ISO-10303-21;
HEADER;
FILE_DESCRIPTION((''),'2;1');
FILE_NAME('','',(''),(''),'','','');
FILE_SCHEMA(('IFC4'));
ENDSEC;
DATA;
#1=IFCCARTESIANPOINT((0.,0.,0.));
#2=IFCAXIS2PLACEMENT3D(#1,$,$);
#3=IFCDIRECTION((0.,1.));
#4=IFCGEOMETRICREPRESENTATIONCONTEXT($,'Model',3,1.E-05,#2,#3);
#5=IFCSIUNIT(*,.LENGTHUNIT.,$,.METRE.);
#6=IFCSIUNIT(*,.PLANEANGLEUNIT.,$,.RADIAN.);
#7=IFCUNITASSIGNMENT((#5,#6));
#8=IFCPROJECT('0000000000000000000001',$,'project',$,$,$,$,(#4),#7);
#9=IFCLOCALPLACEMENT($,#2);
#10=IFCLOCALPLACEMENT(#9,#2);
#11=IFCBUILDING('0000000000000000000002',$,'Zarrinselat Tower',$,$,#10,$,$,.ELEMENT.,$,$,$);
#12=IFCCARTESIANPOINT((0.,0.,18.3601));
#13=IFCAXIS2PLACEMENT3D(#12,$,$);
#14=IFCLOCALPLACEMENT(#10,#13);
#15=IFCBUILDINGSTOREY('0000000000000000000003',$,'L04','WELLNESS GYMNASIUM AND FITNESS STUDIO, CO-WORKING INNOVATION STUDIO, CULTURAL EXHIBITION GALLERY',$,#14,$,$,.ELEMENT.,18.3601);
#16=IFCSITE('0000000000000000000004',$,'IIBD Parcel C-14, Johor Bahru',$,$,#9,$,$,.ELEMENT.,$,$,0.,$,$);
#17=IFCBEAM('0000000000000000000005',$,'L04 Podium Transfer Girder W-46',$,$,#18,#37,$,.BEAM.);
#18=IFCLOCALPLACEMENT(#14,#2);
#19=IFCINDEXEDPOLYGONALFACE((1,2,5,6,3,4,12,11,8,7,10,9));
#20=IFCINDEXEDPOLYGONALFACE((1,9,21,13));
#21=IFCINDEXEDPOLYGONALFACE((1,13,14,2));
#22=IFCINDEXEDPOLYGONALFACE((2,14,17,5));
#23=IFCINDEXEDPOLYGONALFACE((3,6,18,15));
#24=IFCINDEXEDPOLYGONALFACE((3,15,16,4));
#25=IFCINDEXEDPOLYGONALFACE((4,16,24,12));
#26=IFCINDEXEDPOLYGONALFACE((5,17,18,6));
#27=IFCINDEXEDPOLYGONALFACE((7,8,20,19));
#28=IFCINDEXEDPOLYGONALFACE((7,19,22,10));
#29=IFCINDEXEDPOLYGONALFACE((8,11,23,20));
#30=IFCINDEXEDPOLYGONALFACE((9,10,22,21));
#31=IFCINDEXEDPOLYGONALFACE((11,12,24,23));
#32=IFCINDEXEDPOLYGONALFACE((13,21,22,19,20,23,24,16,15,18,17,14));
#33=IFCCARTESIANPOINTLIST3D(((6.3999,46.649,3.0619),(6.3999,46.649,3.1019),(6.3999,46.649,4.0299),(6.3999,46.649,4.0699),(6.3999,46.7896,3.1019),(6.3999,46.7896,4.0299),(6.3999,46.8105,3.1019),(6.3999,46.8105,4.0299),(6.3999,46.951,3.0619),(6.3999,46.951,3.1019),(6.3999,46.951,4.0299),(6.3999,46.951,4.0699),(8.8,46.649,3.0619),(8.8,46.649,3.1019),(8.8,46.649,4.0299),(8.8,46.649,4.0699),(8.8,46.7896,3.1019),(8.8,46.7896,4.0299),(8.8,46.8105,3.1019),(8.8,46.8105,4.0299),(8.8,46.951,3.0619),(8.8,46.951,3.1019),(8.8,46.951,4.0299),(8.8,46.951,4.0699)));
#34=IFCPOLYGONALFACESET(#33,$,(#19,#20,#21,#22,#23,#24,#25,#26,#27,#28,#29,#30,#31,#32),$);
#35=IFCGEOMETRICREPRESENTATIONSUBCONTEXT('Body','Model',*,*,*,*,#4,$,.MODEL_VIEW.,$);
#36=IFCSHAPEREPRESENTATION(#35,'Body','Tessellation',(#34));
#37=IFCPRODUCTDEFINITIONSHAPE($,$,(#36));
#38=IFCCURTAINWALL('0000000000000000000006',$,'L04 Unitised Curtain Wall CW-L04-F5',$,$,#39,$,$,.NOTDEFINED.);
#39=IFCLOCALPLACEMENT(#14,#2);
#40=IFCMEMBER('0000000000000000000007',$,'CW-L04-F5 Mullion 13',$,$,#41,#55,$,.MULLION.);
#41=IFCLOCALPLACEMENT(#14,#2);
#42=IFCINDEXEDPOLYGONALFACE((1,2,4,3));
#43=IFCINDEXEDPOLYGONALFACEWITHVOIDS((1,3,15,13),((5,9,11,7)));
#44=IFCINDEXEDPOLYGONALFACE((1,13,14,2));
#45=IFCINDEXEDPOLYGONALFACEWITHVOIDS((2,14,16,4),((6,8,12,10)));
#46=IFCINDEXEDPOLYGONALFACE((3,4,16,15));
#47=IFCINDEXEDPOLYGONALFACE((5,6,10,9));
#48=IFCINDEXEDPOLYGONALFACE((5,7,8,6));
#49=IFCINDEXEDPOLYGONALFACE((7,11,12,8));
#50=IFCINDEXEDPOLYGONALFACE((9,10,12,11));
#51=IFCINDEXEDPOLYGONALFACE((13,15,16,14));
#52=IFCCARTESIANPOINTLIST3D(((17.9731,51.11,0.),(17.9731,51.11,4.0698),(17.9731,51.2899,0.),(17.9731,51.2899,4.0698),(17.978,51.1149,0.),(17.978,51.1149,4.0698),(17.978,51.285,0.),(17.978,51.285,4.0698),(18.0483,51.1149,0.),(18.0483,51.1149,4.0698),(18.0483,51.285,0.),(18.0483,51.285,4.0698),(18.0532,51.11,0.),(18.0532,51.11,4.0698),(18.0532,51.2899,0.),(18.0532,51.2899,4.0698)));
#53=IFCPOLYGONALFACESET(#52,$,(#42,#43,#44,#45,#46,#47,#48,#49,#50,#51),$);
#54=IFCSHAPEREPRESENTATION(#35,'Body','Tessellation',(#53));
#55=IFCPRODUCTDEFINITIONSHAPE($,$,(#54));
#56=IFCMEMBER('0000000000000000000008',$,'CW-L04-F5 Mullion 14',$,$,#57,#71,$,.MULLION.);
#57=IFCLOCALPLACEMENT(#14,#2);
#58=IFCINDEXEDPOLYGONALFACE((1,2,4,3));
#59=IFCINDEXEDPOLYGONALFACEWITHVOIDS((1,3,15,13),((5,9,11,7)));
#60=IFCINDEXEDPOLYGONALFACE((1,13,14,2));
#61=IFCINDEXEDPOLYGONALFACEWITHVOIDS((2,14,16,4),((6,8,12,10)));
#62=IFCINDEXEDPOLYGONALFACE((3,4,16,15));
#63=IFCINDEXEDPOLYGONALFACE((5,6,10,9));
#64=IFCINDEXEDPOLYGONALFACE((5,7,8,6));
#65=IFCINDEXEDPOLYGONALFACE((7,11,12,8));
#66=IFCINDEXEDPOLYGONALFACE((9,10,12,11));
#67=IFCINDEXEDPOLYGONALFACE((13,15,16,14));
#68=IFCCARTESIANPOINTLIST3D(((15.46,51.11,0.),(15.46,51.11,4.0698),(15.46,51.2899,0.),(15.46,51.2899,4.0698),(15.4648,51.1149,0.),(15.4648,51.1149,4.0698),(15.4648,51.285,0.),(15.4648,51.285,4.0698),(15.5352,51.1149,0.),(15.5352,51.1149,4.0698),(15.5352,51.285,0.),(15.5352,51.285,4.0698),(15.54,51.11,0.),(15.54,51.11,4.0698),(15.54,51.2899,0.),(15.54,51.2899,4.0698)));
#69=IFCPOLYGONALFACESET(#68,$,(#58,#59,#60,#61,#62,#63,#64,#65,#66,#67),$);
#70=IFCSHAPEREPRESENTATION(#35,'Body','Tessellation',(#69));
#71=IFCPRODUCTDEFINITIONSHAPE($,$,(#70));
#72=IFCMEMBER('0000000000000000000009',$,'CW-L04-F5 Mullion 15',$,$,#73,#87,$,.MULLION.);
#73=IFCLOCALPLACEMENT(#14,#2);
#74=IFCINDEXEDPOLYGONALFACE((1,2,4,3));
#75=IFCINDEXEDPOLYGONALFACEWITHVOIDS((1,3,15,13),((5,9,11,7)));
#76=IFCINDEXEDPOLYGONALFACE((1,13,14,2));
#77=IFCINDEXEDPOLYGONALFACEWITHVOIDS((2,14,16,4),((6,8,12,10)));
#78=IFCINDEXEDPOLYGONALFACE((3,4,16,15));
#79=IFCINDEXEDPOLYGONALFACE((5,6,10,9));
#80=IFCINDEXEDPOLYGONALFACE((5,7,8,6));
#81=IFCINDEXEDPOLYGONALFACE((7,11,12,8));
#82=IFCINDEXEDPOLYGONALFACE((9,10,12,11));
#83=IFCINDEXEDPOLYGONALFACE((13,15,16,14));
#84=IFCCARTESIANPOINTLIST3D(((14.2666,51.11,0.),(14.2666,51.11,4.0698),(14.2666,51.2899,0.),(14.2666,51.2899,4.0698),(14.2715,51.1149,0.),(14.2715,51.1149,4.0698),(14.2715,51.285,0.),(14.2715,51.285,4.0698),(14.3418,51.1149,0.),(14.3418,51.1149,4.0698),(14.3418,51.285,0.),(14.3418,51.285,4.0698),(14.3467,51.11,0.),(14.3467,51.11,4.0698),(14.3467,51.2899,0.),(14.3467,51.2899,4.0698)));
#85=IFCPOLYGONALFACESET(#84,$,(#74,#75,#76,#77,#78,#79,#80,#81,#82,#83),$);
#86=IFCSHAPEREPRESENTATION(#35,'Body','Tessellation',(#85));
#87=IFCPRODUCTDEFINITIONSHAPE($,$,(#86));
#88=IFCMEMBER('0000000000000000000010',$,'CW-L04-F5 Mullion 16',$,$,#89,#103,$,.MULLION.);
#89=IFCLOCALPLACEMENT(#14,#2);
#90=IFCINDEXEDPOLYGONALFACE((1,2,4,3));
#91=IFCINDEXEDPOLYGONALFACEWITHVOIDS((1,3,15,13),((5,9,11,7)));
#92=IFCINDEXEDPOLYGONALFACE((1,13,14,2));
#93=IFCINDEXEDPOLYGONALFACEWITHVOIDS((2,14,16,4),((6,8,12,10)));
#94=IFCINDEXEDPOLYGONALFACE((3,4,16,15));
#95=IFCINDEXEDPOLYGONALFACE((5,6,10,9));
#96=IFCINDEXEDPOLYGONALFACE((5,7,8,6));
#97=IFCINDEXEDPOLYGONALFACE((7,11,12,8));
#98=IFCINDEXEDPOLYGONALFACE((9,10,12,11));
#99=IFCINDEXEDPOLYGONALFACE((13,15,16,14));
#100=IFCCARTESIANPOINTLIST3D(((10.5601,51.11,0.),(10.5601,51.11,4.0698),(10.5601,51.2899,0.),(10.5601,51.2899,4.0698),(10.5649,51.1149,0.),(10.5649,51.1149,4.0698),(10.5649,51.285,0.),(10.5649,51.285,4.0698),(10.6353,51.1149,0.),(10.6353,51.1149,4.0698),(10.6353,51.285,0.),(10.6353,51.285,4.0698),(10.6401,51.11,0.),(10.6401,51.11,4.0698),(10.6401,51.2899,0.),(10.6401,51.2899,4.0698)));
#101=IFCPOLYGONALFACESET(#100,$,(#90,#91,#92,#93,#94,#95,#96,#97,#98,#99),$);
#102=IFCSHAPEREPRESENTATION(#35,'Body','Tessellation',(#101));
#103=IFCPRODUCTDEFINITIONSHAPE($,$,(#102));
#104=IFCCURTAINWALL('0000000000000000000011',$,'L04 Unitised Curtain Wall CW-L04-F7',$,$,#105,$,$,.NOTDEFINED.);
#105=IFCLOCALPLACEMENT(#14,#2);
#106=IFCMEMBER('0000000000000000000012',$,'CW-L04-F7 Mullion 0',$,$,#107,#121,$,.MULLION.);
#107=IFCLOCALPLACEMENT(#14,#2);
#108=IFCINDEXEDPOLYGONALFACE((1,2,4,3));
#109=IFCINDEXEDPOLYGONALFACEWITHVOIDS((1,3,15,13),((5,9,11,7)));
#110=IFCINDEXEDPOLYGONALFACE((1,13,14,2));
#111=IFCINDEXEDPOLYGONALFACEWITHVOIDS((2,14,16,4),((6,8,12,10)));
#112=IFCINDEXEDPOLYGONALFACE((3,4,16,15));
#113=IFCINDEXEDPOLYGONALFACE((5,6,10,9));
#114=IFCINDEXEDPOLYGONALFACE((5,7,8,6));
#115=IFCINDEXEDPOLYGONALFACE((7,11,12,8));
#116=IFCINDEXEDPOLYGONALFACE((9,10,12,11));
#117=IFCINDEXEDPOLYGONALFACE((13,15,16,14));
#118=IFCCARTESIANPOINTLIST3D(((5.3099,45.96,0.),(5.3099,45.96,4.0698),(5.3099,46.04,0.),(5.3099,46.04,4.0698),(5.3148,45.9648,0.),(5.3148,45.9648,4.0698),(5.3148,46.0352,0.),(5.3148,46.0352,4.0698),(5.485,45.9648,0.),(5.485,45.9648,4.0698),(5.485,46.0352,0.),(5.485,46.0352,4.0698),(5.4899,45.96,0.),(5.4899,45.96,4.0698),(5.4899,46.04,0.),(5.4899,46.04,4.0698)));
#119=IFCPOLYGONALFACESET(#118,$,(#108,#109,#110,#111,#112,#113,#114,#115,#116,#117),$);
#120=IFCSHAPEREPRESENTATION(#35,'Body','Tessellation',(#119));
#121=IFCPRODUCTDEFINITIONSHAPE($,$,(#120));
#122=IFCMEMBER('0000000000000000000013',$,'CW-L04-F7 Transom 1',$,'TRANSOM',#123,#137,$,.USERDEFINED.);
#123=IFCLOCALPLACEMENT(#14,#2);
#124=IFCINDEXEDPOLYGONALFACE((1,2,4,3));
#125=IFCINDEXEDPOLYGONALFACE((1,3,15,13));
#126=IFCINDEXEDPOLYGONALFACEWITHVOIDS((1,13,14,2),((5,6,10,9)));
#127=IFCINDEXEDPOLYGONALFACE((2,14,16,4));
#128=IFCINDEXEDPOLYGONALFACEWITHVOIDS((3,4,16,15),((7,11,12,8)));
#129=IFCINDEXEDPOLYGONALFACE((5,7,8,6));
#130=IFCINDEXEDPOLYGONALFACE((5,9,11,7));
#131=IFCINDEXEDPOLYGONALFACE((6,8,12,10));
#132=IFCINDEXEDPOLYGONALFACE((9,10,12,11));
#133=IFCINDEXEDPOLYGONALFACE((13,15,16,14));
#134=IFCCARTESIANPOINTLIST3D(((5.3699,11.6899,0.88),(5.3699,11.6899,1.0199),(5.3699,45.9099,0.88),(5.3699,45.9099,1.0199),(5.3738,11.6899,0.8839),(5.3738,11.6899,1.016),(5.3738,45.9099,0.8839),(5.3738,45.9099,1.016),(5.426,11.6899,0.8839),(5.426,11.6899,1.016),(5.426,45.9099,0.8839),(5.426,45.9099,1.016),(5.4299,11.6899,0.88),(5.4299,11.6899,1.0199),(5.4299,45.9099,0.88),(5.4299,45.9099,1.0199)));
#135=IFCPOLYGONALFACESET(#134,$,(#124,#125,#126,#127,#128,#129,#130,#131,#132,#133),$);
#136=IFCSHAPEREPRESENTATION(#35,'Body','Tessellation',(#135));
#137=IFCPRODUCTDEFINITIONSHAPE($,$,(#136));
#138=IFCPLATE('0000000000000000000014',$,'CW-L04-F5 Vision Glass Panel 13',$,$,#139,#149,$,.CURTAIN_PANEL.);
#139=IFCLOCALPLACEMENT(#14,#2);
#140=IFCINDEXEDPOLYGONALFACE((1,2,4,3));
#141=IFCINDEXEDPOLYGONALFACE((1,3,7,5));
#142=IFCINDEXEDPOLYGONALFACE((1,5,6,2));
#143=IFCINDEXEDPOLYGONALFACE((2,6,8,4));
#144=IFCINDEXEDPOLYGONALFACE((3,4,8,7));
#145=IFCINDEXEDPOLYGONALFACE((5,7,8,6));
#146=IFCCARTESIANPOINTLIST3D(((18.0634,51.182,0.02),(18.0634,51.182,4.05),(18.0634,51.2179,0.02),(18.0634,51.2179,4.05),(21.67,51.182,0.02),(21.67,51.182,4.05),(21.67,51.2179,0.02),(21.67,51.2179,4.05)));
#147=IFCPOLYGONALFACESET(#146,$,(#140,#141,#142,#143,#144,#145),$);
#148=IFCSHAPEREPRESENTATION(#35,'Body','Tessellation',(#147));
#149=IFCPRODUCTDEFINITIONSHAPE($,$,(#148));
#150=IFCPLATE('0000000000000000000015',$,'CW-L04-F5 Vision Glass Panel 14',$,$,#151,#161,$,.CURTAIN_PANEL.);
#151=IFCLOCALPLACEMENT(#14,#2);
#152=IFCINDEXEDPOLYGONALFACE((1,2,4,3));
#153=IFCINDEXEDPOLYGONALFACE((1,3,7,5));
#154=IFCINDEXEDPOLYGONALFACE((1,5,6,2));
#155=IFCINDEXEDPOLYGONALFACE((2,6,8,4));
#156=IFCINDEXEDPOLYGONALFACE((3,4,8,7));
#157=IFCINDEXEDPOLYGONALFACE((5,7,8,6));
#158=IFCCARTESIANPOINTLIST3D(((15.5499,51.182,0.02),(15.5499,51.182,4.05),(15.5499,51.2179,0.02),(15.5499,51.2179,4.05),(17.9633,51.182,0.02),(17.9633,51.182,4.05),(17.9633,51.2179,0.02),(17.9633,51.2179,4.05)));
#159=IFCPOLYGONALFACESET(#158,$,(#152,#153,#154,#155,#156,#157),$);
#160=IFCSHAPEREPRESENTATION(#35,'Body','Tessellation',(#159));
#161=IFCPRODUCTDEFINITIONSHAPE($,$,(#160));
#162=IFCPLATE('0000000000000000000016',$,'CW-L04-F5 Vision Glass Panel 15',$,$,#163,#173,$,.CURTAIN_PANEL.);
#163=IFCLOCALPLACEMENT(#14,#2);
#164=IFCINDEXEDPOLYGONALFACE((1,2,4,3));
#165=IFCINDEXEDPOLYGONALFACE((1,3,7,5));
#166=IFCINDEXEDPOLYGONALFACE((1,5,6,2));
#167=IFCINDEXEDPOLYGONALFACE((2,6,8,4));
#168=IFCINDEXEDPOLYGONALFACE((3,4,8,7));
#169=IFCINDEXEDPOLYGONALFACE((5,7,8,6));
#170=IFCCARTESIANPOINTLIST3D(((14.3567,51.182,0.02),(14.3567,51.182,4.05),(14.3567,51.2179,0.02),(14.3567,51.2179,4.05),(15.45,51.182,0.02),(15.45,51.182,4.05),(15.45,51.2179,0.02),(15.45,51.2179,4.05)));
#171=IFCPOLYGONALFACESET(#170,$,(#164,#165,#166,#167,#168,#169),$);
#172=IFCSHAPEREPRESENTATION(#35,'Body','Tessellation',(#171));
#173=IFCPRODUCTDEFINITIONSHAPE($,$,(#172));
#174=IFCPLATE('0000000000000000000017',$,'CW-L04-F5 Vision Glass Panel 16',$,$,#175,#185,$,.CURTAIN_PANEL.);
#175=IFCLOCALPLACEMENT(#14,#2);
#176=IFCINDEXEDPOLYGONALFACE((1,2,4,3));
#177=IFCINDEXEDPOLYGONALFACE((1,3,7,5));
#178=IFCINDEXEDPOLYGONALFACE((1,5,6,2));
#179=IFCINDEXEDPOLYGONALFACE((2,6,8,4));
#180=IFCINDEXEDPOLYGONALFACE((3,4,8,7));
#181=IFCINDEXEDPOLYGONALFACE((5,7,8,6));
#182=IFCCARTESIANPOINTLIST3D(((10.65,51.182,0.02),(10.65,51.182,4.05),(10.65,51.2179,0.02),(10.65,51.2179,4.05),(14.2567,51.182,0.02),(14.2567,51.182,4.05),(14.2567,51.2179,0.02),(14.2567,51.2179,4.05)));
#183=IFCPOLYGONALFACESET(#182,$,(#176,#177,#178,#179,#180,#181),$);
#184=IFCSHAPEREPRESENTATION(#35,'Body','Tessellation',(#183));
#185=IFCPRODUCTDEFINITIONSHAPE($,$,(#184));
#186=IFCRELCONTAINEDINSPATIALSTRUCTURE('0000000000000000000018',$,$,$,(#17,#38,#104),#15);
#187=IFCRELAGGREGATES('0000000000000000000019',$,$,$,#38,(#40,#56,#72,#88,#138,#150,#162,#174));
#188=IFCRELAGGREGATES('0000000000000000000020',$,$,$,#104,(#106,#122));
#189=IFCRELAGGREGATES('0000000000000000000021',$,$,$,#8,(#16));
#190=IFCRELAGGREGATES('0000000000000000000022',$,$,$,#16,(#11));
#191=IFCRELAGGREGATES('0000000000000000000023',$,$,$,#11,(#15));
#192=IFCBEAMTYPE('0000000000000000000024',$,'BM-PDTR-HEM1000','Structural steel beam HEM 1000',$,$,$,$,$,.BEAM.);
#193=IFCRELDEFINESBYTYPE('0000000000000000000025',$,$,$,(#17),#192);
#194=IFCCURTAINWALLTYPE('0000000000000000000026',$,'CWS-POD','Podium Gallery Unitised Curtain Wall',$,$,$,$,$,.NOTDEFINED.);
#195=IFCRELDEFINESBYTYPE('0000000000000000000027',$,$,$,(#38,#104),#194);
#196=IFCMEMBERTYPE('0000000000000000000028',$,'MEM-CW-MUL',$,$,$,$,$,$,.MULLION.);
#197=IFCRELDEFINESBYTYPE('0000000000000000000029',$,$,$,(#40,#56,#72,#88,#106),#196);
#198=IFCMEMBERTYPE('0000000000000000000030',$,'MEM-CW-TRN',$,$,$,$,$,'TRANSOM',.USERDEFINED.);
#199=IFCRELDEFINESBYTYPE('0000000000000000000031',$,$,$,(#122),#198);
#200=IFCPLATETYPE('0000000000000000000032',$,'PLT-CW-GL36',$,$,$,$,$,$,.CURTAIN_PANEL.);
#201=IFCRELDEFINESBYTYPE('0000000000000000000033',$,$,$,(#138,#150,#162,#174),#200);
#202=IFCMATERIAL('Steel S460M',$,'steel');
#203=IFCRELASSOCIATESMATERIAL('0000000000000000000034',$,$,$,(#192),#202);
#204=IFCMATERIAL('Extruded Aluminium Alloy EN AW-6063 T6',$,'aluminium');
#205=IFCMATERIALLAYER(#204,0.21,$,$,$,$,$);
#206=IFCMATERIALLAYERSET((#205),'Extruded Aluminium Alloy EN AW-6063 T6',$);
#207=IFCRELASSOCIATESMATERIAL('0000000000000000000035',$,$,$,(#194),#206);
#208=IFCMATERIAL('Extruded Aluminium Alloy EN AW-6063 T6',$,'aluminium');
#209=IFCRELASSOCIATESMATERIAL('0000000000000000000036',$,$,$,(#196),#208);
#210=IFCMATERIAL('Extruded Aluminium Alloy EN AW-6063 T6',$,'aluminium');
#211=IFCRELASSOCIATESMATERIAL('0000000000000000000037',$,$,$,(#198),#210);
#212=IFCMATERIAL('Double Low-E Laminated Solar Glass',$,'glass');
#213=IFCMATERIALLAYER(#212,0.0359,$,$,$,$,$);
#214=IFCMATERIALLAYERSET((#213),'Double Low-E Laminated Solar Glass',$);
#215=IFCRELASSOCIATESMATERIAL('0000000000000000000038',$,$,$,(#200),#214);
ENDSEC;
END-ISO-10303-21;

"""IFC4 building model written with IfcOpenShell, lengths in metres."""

from ifc_helpers import new_model, si_unit, direction, frame, origin, origin_2d, place, context, subcontext, project, spatial, rectangle, hollow_rectangle, i_section, extrude, material, layer, layer_set, material_profile, profile_set, type_object, element, aggregate, save


model = new_model("IFC4")

# Units and contexts
model_context = context("Model", 3, precision=1e-05, world=origin(), true_north=direction((0.0, 1.0)))
body_context = subcontext(model_context, "Body", "Model", "MODEL_VIEW")
ifc_project = project(units=[si_unit("LENGTHUNIT", "METRE"), si_unit("PLANEANGLEUNIT", "RADIAN")], contexts=[model_context])

# Site, building, storey
site_placement = place(None, origin())
site = spatial("IfcSite", under=ifc_project, at=site_placement, Name="IIBD Parcel C-14, Johor Bahru", CompositionType="ELEMENT", RefElevation=0.0)
building_placement = place(site_placement, origin())
building = spatial("IfcBuilding", under=site, at=building_placement, Name="Zarrinselat Tower", CompositionType="ELEMENT")
storey_placement = place(building_placement, frame((0.0, 0.0, 18.3601)))
storey = spatial("IfcBuildingStorey", under=building, at=storey_placement, Name="L04", Description="WELLNESS GYMNASIUM AND FITNESS STUDIO, CO-WORKING INNOVATION STUDIO, CULTURAL EXHIBITION GALLERY", CompositionType="ELEMENT", Elevation=18.3601)

# Beam
ifc_material_1 = material(Name="Steel S460M", Category="steel")
ifc_material_profile_1 = material_profile(ifc_material_1, i_section(OverallWidth=0.302, OverallDepth=1.0081, WebThickness=0.021, FlangeThickness=0.04, at=origin_2d()), Name="HEM 1000")
ifc_profile_set_1 = profile_set([ifc_material_profile_1], Name="Steel S460M")
beam_type = type_object("IfcBeamType", Name="BM-PDTR-HEM1000", Description="Structural steel beam HEM 1000", PredefinedType="BEAM", material=ifc_profile_set_1)
beam_placement = place(storey_placement, frame((6.3999, 46.8, 3.5659), z_axis=(1.0, 0.0, 0.0), x_axis=(0.0, 1.0, 0.0)))
element("IfcBeam", 1, at=beam_placement, inside=storey, type_object=beam_type, Name="L04 Podium Transfer Girder W-46", PredefinedType="BEAM", context=body_context, shape_type="SweptSolid", body=[
    extrude(i_section(OverallWidth=0.302, OverallDepth=1.0081, WebThickness=0.021, FlangeThickness=0.04, at=origin_2d()), origin(), (0.0, 0.0, 1.0), 2.4001),
])

# Curtain walls, members
ifc_material_2 = material(Name="Extruded Aluminium Alloy EN AW-6063 T6", Category="aluminium")
ifc_layer_1 = layer(ifc_material_2, 0.21)
ifc_layer_set_1 = layer_set([ifc_layer_1], Name="Extruded Aluminium Alloy EN AW-6063 T6")
curtain_wall_type = type_object("IfcCurtainWallType", Name="CWS-POD", Description="Podium Gallery Unitised Curtain Wall", PredefinedType="NOTDEFINED", material=ifc_layer_set_1)
curtain_wall_1_placement = place(storey_placement, origin())
curtain_wall_1 = element("IfcCurtainWall", 2, at=curtain_wall_1_placement, inside=storey, type_object=curtain_wall_type, Name="L04 Unitised Curtain Wall CW-L04-F5", PredefinedType="NOTDEFINED")
ifc_material_3 = material(Name="Extruded Aluminium Alloy EN AW-6063 T6", Category="aluminium")
ifc_material_profile_2 = material_profile(ifc_material_3, hollow_rectangle(XDim=0.0801, YDim=0.1799, WallThickness=0.0049, at=origin_2d()), Name="RHS 180x80x5")
ifc_profile_set_2 = profile_set([ifc_material_profile_2], Name="Extruded Aluminium Alloy EN AW-6063 T6")
member_type_1 = type_object("IfcMemberType", Name="MEM-CW-MUL", PredefinedType="MULLION", material=ifc_profile_set_2)
member_1_placement = place(storey_placement, frame((18.0132, 51.2, 0.0), z_axis=(0.0, 0.0, 1.0), x_axis=(-1.0, 0.0, 0.0)))
member_1 = element("IfcMember", 3, at=member_1_placement, type_object=member_type_1, Name="CW-L04-F5 Mullion 13", PredefinedType="MULLION", context=body_context, shape_type="SweptSolid", body=[
    extrude(hollow_rectangle(XDim=0.0801, YDim=0.1799, WallThickness=0.0049, at=origin_2d()), origin(), (0.0, 0.0, 1.0), 4.0698),
])
member_2_placement = place(storey_placement, frame((15.5, 51.2, 0.0), z_axis=(0.0, 0.0, 1.0), x_axis=(-1.0, 0.0, 0.0)))
member_2 = element("IfcMember", 4, at=member_2_placement, type_object=member_type_1, Name="CW-L04-F5 Mullion 14", PredefinedType="MULLION", context=body_context, shape_type="SweptSolid", body=[
    extrude(hollow_rectangle(XDim=0.0801, YDim=0.1799, WallThickness=0.0049, at=origin_2d()), origin(), (0.0, 0.0, 1.0), 4.0698),
])
member_3_placement = place(storey_placement, frame((14.3066, 51.2, 0.0), z_axis=(0.0, 0.0, 1.0), x_axis=(-1.0, 0.0, 0.0)))
member_3 = element("IfcMember", 5, at=member_3_placement, type_object=member_type_1, Name="CW-L04-F5 Mullion 15", PredefinedType="MULLION", context=body_context, shape_type="SweptSolid", body=[
    extrude(hollow_rectangle(XDim=0.0801, YDim=0.1799, WallThickness=0.0049, at=origin_2d()), origin(), (0.0, 0.0, 1.0), 4.0698),
])
member_4_placement = place(storey_placement, frame((10.6001, 51.2, 0.0), z_axis=(0.0, 0.0, 1.0), x_axis=(-1.0, 0.0, 0.0)))
member_4 = element("IfcMember", 6, at=member_4_placement, type_object=member_type_1, Name="CW-L04-F5 Mullion 16", PredefinedType="MULLION", context=body_context, shape_type="SweptSolid", body=[
    extrude(hollow_rectangle(XDim=0.0801, YDim=0.1799, WallThickness=0.0049, at=origin_2d()), origin(), (0.0, 0.0, 1.0), 4.0698),
])
curtain_wall_2_placement = place(storey_placement, origin())
curtain_wall_2 = element("IfcCurtainWall", 7, at=curtain_wall_2_placement, inside=storey, type_object=curtain_wall_type, Name="L04 Unitised Curtain Wall CW-L04-F7", PredefinedType="NOTDEFINED")
member_5_placement = place(storey_placement, frame((5.3999, 46.0, 0.0), z_axis=(0.0, 0.0, 1.0), x_axis=(0.0, -1.0, 0.0)))
member_5 = element("IfcMember", 8, at=member_5_placement, type_object=member_type_1, Name="CW-L04-F7 Mullion 0", PredefinedType="MULLION", context=body_context, shape_type="SweptSolid", body=[
    extrude(hollow_rectangle(XDim=0.0801, YDim=0.1799, WallThickness=0.0049, at=origin_2d()), origin(), (0.0, 0.0, 1.0), 4.0698),
])
ifc_material_4 = material(Name="Extruded Aluminium Alloy EN AW-6063 T6", Category="aluminium")
ifc_material_profile_3 = material_profile(ifc_material_4, hollow_rectangle(XDim=0.0601, YDim=0.1399, WallThickness=0.0039, at=origin_2d()), Name="RHS 140x60x4")
ifc_profile_set_3 = profile_set([ifc_material_profile_3], Name="Extruded Aluminium Alloy EN AW-6063 T6")
member_type_2 = type_object("IfcMemberType", Name="MEM-CW-TRN", ElementType="TRANSOM", PredefinedType="USERDEFINED", material=ifc_profile_set_3)
member_6_placement = place(storey_placement, frame((5.3999, 45.9099, 0.95), z_axis=(0.0, -1.0, 0.0), x_axis=(1.0, 0.0, 0.0)))
member_6 = element("IfcMember", 9, at=member_6_placement, type_object=member_type_2, Name="CW-L04-F7 Transom 1", ObjectType="TRANSOM", PredefinedType="USERDEFINED", context=body_context, shape_type="SweptSolid", body=[
    extrude(hollow_rectangle(XDim=0.0601, YDim=0.1399, WallThickness=0.0039, at=origin_2d()), origin(), (0.0, 0.0, 1.0), 34.22),
])

# Plates
ifc_material_5 = material(Name="Double Low-E Laminated Solar Glass", Category="glass")
ifc_layer_2 = layer(ifc_material_5, 0.0359)
ifc_layer_set_2 = layer_set([ifc_layer_2], Name="Double Low-E Laminated Solar Glass")
plate_type = type_object("IfcPlateType", Name="PLT-CW-GL36", PredefinedType="CURTAIN_PANEL", material=ifc_layer_set_2)
plate_1_placement = place(storey_placement, frame((19.8667, 51.2, 0.02), z_axis=(0.0, 0.0, 1.0), x_axis=(-1.0, 0.0, 0.0)))
plate_1 = element("IfcPlate", 10, at=plate_1_placement, type_object=plate_type, Name="CW-L04-F5 Vision Glass Panel 13", PredefinedType="CURTAIN_PANEL", context=body_context, shape_type="SweptSolid", body=[
    extrude(rectangle(XDim=3.6067, YDim=0.0359, at=origin_2d()), origin(), (0.0, 0.0, 1.0), 4.03),
])
plate_2_placement = place(storey_placement, frame((16.7566, 51.2, 0.02), z_axis=(0.0, 0.0, 1.0), x_axis=(-1.0, 0.0, 0.0)))
plate_2 = element("IfcPlate", 11, at=plate_2_placement, type_object=plate_type, Name="CW-L04-F5 Vision Glass Panel 14", PredefinedType="CURTAIN_PANEL", context=body_context, shape_type="SweptSolid", body=[
    extrude(rectangle(XDim=2.4133, YDim=0.0359, at=origin_2d()), origin(), (0.0, 0.0, 1.0), 4.03),
])
plate_3_placement = place(storey_placement, frame((14.9033, 51.2, 0.02), z_axis=(0.0, 0.0, 1.0), x_axis=(-1.0, 0.0, 0.0)))
plate_3 = element("IfcPlate", 12, at=plate_3_placement, type_object=plate_type, Name="CW-L04-F5 Vision Glass Panel 15", PredefinedType="CURTAIN_PANEL", context=body_context, shape_type="SweptSolid", body=[
    extrude(rectangle(XDim=1.0933, YDim=0.0359, at=origin_2d()), origin(), (0.0, 0.0, 1.0), 4.03),
])
plate_4_placement = place(storey_placement, frame((12.4534, 51.2, 0.02), z_axis=(0.0, 0.0, 1.0), x_axis=(-1.0, 0.0, 0.0)))
plate_4 = element("IfcPlate", 13, at=plate_4_placement, type_object=plate_type, Name="CW-L04-F5 Vision Glass Panel 16", PredefinedType="CURTAIN_PANEL", context=body_context, shape_type="SweptSolid", body=[
    extrude(rectangle(XDim=3.6067, YDim=0.0359, at=origin_2d()), origin(), (0.0, 0.0, 1.0), 4.03),
])
aggregate(curtain_wall_1, [member_1, member_2, member_3, member_4, plate_1, plate_2, plate_3, plate_4])
aggregate(curtain_wall_2, [member_5, member_6])

save(model, "model.ifc")
